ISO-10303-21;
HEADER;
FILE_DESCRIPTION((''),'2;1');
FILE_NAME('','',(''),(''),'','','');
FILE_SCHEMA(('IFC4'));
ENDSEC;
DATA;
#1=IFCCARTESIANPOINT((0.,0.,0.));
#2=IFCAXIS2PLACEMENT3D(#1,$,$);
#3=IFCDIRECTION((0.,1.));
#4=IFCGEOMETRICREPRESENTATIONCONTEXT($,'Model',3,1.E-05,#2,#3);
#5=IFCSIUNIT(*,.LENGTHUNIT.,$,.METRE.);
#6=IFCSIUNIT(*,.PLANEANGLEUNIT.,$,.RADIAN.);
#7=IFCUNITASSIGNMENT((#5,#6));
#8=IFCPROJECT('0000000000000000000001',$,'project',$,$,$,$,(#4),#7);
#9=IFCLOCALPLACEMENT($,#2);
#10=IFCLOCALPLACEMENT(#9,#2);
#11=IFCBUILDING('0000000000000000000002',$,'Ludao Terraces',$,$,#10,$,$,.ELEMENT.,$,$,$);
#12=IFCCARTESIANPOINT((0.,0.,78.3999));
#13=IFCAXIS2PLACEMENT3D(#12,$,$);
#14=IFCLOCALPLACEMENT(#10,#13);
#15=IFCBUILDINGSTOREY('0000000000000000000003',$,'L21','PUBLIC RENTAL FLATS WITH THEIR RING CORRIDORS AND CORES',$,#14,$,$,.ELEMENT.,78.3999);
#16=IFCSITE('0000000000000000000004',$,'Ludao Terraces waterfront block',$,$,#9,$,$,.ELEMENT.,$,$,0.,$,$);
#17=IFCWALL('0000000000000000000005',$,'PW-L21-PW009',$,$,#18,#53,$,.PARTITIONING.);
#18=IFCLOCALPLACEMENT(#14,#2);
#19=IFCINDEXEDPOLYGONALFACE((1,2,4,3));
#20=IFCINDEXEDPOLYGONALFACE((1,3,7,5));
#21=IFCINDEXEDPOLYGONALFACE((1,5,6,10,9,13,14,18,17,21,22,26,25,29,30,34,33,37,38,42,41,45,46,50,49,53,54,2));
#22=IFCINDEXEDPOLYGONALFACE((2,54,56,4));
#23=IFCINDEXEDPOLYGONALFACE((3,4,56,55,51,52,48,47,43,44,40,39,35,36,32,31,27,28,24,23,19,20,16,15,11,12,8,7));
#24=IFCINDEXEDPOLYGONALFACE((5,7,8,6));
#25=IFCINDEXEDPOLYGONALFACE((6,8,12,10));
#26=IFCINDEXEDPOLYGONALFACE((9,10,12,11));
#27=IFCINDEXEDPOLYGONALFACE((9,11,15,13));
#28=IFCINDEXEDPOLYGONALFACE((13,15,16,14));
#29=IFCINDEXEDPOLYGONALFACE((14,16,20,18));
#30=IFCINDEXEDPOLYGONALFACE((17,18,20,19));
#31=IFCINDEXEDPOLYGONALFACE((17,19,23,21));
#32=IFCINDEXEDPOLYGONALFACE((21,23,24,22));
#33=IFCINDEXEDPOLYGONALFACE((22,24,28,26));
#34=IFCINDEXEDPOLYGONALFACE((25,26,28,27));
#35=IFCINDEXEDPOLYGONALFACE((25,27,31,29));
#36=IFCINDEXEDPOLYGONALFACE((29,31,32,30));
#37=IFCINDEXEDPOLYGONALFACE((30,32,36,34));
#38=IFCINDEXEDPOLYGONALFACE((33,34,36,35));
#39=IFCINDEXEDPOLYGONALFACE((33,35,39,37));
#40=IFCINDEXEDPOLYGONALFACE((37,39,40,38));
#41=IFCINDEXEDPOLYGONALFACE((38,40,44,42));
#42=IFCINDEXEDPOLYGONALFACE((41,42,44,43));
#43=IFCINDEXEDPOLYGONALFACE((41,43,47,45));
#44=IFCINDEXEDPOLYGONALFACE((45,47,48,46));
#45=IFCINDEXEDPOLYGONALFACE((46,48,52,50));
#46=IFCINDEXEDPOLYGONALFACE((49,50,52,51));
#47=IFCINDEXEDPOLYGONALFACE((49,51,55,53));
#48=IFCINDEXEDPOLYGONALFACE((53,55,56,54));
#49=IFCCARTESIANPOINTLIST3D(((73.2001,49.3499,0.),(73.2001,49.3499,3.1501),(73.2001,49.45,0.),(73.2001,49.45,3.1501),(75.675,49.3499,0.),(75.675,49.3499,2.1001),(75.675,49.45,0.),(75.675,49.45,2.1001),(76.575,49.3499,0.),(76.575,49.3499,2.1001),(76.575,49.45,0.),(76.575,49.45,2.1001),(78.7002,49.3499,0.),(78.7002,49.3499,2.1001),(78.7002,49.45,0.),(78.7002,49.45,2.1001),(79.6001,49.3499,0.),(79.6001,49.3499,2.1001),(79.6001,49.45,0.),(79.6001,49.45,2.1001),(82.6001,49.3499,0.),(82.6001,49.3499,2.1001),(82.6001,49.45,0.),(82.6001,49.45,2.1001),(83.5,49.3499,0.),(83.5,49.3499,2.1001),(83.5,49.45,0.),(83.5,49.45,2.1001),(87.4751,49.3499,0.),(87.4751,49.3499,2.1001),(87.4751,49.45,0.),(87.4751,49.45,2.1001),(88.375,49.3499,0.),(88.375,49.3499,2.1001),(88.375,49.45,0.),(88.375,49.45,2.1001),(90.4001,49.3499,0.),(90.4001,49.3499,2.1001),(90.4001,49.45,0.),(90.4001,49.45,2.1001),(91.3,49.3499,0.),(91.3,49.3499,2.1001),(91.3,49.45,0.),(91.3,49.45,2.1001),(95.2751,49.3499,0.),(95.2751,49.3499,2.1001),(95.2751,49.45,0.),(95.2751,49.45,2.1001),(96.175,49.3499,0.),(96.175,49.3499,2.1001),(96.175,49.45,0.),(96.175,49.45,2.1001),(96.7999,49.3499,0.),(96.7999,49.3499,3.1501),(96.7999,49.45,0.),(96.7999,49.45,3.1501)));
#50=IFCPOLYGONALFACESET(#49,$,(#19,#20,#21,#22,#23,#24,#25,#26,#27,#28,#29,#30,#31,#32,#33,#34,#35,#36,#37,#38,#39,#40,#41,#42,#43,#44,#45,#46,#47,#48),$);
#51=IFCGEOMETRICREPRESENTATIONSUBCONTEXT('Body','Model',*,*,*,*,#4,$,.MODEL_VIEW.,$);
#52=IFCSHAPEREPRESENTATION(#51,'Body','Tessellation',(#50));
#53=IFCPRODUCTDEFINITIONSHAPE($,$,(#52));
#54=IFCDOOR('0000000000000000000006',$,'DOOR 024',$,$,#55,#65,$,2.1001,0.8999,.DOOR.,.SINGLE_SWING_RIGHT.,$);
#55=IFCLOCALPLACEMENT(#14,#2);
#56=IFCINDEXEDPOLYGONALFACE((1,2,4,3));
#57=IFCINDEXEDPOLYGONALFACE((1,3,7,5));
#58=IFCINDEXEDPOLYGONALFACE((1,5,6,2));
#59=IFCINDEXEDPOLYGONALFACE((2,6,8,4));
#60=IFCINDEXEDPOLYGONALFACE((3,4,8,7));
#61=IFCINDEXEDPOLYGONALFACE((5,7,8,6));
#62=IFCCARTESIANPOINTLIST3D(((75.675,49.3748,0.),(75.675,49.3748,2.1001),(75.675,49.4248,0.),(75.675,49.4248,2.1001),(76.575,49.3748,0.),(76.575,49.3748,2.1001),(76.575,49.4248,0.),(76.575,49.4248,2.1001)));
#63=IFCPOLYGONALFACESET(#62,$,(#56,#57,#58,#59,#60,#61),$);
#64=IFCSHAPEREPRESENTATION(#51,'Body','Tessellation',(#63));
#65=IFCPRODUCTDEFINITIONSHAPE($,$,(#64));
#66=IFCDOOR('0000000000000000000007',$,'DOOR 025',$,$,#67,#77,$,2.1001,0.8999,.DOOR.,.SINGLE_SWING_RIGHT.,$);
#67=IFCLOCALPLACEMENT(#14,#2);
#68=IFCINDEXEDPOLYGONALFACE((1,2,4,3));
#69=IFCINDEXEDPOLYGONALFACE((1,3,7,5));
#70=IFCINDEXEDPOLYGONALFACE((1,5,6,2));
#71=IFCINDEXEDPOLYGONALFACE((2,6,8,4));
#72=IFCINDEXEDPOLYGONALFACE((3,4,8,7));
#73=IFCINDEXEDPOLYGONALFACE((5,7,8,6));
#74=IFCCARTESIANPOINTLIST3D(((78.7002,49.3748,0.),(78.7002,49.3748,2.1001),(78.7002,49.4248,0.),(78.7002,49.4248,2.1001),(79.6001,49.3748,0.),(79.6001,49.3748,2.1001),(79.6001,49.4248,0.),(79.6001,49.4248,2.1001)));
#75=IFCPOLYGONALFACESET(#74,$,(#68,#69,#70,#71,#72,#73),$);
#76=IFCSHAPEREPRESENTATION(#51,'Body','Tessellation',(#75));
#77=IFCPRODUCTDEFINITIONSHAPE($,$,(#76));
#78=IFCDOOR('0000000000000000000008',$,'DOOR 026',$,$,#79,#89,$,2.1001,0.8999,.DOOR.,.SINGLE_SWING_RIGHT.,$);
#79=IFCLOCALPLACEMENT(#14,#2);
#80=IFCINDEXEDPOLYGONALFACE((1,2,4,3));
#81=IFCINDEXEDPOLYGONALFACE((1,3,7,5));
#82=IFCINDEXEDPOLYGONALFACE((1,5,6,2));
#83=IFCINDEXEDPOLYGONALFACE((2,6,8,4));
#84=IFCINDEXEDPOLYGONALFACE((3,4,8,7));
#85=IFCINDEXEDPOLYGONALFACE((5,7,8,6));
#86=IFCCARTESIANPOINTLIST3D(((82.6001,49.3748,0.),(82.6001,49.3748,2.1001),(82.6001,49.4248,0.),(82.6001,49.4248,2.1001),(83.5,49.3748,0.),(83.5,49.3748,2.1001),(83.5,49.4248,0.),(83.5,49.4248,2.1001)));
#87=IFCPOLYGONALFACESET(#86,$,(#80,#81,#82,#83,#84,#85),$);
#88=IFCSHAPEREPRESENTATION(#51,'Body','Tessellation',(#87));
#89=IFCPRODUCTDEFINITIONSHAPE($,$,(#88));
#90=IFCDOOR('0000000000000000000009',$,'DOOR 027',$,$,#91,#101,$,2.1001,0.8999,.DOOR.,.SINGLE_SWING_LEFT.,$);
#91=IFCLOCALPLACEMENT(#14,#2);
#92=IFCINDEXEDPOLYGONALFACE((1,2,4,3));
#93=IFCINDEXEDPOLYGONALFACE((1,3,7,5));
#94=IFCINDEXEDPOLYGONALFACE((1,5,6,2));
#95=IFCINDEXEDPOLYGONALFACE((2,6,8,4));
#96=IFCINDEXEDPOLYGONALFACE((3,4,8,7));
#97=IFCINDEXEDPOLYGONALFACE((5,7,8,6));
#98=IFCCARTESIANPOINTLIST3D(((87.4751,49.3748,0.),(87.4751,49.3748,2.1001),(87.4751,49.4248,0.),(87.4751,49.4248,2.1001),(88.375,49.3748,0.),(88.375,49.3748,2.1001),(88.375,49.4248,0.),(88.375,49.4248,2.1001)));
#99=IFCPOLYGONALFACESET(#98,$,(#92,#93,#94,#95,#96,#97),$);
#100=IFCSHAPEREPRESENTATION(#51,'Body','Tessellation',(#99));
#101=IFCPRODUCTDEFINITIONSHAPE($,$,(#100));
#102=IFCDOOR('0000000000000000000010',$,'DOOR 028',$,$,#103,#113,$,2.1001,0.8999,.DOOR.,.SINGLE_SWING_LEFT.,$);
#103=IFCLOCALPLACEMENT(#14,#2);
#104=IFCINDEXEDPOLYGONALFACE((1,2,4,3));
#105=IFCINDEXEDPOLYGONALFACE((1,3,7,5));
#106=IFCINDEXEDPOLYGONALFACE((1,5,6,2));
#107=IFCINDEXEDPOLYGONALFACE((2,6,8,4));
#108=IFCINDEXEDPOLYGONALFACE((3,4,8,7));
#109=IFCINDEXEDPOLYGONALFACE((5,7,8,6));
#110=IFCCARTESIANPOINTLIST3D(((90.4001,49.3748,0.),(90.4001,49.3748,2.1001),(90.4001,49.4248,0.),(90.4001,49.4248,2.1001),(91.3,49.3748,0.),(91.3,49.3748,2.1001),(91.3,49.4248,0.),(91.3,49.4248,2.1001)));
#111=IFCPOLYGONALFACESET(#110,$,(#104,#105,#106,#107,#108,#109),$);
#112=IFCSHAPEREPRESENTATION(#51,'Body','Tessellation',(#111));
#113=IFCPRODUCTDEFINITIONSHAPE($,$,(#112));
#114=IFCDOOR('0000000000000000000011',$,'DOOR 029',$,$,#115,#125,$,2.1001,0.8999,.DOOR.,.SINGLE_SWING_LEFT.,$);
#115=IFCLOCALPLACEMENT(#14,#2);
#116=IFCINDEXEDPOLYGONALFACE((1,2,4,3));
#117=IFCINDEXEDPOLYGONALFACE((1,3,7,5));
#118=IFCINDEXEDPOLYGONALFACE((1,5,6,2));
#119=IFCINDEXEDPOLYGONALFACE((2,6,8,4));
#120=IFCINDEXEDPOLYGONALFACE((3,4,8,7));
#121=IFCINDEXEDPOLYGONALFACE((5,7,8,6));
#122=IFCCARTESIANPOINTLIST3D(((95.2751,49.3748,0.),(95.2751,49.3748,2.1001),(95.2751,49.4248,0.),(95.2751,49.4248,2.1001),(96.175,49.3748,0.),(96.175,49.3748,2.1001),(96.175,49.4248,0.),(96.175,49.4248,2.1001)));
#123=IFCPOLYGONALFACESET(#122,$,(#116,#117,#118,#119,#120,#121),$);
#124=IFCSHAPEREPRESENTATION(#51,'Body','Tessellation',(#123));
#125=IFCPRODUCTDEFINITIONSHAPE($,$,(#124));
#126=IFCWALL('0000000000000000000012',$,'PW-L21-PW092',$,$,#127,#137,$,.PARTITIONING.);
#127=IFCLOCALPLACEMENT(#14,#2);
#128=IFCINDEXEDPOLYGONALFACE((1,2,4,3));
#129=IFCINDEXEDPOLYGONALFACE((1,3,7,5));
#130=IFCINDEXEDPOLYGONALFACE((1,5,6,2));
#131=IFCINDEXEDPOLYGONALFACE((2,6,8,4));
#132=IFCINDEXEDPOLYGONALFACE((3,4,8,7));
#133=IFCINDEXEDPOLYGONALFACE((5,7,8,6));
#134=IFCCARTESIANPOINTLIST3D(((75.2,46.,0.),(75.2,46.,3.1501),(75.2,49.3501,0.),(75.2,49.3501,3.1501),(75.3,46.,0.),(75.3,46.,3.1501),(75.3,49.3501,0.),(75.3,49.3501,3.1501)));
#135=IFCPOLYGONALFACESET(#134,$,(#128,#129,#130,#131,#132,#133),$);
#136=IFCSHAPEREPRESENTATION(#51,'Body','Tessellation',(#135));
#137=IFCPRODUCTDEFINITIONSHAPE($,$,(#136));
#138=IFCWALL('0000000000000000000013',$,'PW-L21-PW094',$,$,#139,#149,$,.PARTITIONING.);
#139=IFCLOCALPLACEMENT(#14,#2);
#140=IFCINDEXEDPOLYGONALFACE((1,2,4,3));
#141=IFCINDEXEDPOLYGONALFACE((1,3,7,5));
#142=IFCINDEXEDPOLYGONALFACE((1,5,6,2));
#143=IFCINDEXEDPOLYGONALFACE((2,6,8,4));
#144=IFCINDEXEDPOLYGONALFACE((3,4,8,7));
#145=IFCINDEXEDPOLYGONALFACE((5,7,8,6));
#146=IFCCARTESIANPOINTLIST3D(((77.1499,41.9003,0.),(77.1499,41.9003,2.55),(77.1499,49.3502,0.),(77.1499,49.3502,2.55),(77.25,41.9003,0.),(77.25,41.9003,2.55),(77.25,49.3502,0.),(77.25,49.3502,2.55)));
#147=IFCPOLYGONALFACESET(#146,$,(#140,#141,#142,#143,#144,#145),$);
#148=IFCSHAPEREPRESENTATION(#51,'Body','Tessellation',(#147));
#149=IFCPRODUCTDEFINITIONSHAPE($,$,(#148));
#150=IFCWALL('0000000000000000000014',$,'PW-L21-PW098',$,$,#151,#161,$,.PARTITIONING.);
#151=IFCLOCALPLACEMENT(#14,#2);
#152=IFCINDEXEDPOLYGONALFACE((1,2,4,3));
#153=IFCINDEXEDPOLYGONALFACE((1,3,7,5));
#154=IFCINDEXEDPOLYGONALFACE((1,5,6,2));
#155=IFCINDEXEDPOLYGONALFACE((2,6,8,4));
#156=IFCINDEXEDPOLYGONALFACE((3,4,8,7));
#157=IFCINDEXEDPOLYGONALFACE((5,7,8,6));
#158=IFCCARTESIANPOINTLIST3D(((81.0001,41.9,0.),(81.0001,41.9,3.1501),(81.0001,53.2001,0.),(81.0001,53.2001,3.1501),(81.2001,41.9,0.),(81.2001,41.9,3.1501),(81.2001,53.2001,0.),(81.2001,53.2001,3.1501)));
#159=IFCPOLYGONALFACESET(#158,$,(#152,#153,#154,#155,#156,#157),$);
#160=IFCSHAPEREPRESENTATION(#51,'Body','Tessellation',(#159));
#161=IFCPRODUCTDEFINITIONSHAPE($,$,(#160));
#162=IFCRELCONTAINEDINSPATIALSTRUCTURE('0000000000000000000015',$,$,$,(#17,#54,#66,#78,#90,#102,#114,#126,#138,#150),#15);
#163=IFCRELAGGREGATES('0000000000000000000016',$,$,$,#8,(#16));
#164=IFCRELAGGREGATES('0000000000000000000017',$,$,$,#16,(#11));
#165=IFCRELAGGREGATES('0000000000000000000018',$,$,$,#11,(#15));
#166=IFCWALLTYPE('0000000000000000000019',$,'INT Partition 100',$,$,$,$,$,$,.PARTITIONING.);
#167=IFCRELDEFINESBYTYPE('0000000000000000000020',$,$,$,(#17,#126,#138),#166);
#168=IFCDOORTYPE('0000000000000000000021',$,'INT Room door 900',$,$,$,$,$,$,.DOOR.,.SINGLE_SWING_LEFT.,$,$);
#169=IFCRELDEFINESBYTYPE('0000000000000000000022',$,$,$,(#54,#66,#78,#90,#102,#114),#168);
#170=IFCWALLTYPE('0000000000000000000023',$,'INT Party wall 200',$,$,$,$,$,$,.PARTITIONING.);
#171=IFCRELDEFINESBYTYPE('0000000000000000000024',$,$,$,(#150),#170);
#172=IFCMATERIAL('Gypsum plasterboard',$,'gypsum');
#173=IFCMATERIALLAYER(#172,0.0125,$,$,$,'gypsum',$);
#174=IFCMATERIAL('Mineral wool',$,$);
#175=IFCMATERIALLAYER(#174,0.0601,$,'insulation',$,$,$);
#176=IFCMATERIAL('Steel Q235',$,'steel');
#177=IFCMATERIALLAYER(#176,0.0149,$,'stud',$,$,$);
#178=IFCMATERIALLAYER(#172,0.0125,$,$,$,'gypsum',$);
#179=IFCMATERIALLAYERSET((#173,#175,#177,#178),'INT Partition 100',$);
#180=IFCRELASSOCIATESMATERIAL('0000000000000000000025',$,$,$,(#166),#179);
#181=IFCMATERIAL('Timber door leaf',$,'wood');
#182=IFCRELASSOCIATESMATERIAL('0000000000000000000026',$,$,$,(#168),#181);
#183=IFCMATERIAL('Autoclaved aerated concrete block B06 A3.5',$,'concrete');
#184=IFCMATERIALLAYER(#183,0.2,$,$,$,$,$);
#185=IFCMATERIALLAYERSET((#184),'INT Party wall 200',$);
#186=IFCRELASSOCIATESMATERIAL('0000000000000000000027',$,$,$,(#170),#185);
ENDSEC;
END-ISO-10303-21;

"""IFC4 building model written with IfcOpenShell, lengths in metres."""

from ifc_helpers import new_model, si_unit, direction, frame, frame_2d, origin, place, context, subcontext, project, spatial, rectangle, extrude, material, layer, layer_set, type_object, element, fill, save


model = new_model("IFC4")

# Units and contexts
model_context = context("Model", 3, precision=1e-05, world=origin(), true_north=direction((0.0, 1.0)))
body_context = subcontext(model_context, "Body", "Model", "MODEL_VIEW")
ifc_project = project(units=[si_unit("LENGTHUNIT", "METRE"), si_unit("PLANEANGLEUNIT", "RADIAN")], contexts=[model_context])

# Site, building, storey
site_placement = place(None, origin())
site = spatial("IfcSite", under=ifc_project, at=site_placement, Name="Ludao Terraces waterfront block", CompositionType="ELEMENT", RefElevation=0.0)
building_placement = place(site_placement, origin())
building = spatial("IfcBuilding", under=site, at=building_placement, Name="Ludao Terraces", CompositionType="ELEMENT")
storey_placement = place(building_placement, frame((0.0, 0.0, 78.3999)))
storey = spatial("IfcBuildingStorey", under=building, at=storey_placement, Name="L21", Description="PUBLIC RENTAL FLATS WITH THEIR RING CORRIDORS AND CORES", CompositionType="ELEMENT", Elevation=78.3999)

# Wall, openings, doors
ifc_material_1 = material(Name="Gypsum plasterboard", Category="gypsum")
ifc_layer_1 = layer(ifc_material_1, 0.0125, Category="gypsum")
ifc_material_2 = material(Name="Mineral wool")
ifc_layer_2 = layer(ifc_material_2, 0.0601, Name="insulation")
ifc_material_3 = material(Name="Steel Q235", Category="steel")
ifc_layer_3 = layer(ifc_material_3, 0.0149, Name="stud")
ifc_layer_4 = layer(ifc_material_1, 0.0125, Category="gypsum")
ifc_layer_set_1 = layer_set([ifc_layer_1, ifc_layer_2, ifc_layer_3, ifc_layer_4], Name="INT Partition 100")
wall_type_1 = type_object("IfcWallType", Name="INT Partition 100", PredefinedType="PARTITIONING", material=ifc_layer_set_1)
ifc_material_4 = material(Name="Timber door leaf", Category="wood")
door_type_1 = type_object("IfcDoorType", Name="INT Room door 900", OperationType="SINGLE_SWING_LEFT", PredefinedType="DOOR", material=ifc_material_4)
wall_1_placement = place(storey_placement, frame((73.2002, 49.3999, 0.0), z_axis=(0.0, 0.0, 1.0), x_axis=(1.0, 0.0, 0.0)))
wall_1 = element("IfcWall", 1, at=wall_1_placement, inside=storey, type_object=wall_type_1, Name="PW-L21-PW009", PredefinedType="PARTITIONING", context=body_context, shape_type="SweptSolid", body=[
    extrude(rectangle(XDim=23.5999, YDim=0.1001, at=frame_2d((11.7998, 0.0))), origin(), (0.0, 0.0, 1.0), 3.1501),
])
opening_1_placement = place(wall_1_placement, frame((2.4749, 0.0, 0.0)))
opening_1 = element("IfcOpeningElement", 2, at=opening_1_placement, cuts=wall_1, PredefinedType="OPENING", context=body_context, shape_type="SweptSolid", body=[
    extrude(rectangle(XDim=0.8999, YDim=2.1001, at=frame_2d((0.45, 1.05))), frame((0.0, 0.0601, 0.0), z_axis=(0.0, -1.0, 0.0), x_axis=(1.0, 0.0, 0.0)), (0.0, 0.0, 1.0), 0.1201),
])
opening_2_placement = place(wall_1_placement, frame((5.5, 0.0, 0.0)))
opening_2 = element("IfcOpeningElement", 3, at=opening_2_placement, cuts=wall_1, PredefinedType="OPENING", context=body_context, shape_type="SweptSolid", body=[
    extrude(rectangle(XDim=0.8999, YDim=2.1001, at=frame_2d((0.45, 1.05))), frame((0.0, 0.0601, 0.0), z_axis=(0.0, -1.0, 0.0), x_axis=(1.0, 0.0, 0.0)), (0.0, 0.0, 1.0), 0.1201),
])
opening_3_placement = place(wall_1_placement, frame((9.3999, 0.0, 0.0)))
opening_3 = element("IfcOpeningElement", 4, at=opening_3_placement, cuts=wall_1, PredefinedType="OPENING", context=body_context, shape_type="SweptSolid", body=[
    extrude(rectangle(XDim=0.8999, YDim=2.1001, at=frame_2d((0.45, 1.05))), frame((0.0, 0.0601, 0.0), z_axis=(0.0, -1.0, 0.0), x_axis=(1.0, 0.0, 0.0)), (0.0, 0.0, 1.0), 0.1201),
])
opening_4_placement = place(wall_1_placement, frame((14.2749, 0.0, 0.0)))
opening_4 = element("IfcOpeningElement", 5, at=opening_4_placement, cuts=wall_1, PredefinedType="OPENING", context=body_context, shape_type="SweptSolid", body=[
    extrude(rectangle(XDim=0.8999, YDim=2.1001, at=frame_2d((0.45, 1.05))), frame((0.0, 0.0601, 0.0), z_axis=(0.0, -1.0, 0.0), x_axis=(1.0, 0.0, 0.0)), (0.0, 0.0, 1.0), 0.1201),
])
opening_5_placement = place(wall_1_placement, frame((17.2, 0.0, 0.0)))
opening_5 = element("IfcOpeningElement", 6, at=opening_5_placement, cuts=wall_1, PredefinedType="OPENING", context=body_context, shape_type="SweptSolid", body=[
    extrude(rectangle(XDim=0.8999, YDim=2.1001, at=frame_2d((0.45, 1.05))), frame((0.0, 0.0601, 0.0), z_axis=(0.0, -1.0, 0.0), x_axis=(1.0, 0.0, 0.0)), (0.0, 0.0, 1.0), 0.1201),
])
opening_6_placement = place(wall_1_placement, frame((22.075, 0.0, 0.0)))
opening_6 = element("IfcOpeningElement", 7, at=opening_6_placement, cuts=wall_1, PredefinedType="OPENING", context=body_context, shape_type="SweptSolid", body=[
    extrude(rectangle(XDim=0.8999, YDim=2.1001, at=frame_2d((0.45, 1.05))), frame((0.0, 0.0601, 0.0), z_axis=(0.0, -1.0, 0.0), x_axis=(1.0, 0.0, 0.0)), (0.0, 0.0, 1.0), 0.1201),
])
door_1_placement = place(opening_1_placement, origin())
door_1 = element("IfcDoor", 8, at=door_1_placement, inside=storey, type_object=door_type_1, Name="DOOR 024", OperationType="SINGLE_SWING_RIGHT", OverallHeight=2.1001, OverallWidth=0.8999, PredefinedType="DOOR", context=body_context, shape_type="SweptSolid", body=[
    extrude(rectangle(XDim=0.8999, YDim=2.1001, at=frame_2d((0.45, 1.05))), frame((0.0, 0.0249, 0.0), z_axis=(0.0, -1.0, 0.0), x_axis=(1.0, 0.0, 0.0)), (0.0, 0.0, 1.0), 0.05),
])
fill(opening_1, door_1)
door_2_placement = place(opening_2_placement, origin())
door_2 = element("IfcDoor", 9, at=door_2_placement, inside=storey, type_object=door_type_1, Name="DOOR 025", OperationType="SINGLE_SWING_RIGHT", OverallHeight=2.1001, OverallWidth=0.8999, PredefinedType="DOOR", context=body_context, shape_type="SweptSolid", body=[
    extrude(rectangle(XDim=0.8999, YDim=2.1001, at=frame_2d((0.45, 1.05))), frame((0.0, 0.0249, 0.0), z_axis=(0.0, -1.0, 0.0), x_axis=(1.0, 0.0, 0.0)), (0.0, 0.0, 1.0), 0.05),
])
fill(opening_2, door_2)
door_3_placement = place(opening_3_placement, origin())
door_3 = element("IfcDoor", 10, at=door_3_placement, inside=storey, type_object=door_type_1, Name="DOOR 026", OperationType="SINGLE_SWING_RIGHT", OverallHeight=2.1001, OverallWidth=0.8999, PredefinedType="DOOR", context=body_context, shape_type="SweptSolid", body=[
    extrude(rectangle(XDim=0.8999, YDim=2.1001, at=frame_2d((0.45, 1.05))), frame((0.0, 0.0249, 0.0), z_axis=(0.0, -1.0, 0.0), x_axis=(1.0, 0.0, 0.0)), (0.0, 0.0, 1.0), 0.05),
])
fill(opening_3, door_3)
door_4_placement = place(opening_4_placement, origin())
door_4 = element("IfcDoor", 11, at=door_4_placement, inside=storey, type_object=door_type_1, Name="DOOR 027", OperationType="SINGLE_SWING_LEFT", OverallHeight=2.1001, OverallWidth=0.8999, PredefinedType="DOOR", context=body_context, shape_type="SweptSolid", body=[
    extrude(rectangle(XDim=0.8999, YDim=2.1001, at=frame_2d((0.45, 1.05))), frame((0.0, 0.0249, 0.0), z_axis=(0.0, -1.0, 0.0), x_axis=(1.0, 0.0, 0.0)), (0.0, 0.0, 1.0), 0.05),
])
fill(opening_4, door_4)
door_5_placement = place(opening_5_placement, origin())
door_5 = element("IfcDoor", 12, at=door_5_placement, inside=storey, type_object=door_type_1, Name="DOOR 028", OperationType="SINGLE_SWING_LEFT", OverallHeight=2.1001, OverallWidth=0.8999, PredefinedType="DOOR", context=body_context, shape_type="SweptSolid", body=[
    extrude(rectangle(XDim=0.8999, YDim=2.1001, at=frame_2d((0.45, 1.05))), frame((0.0, 0.0249, 0.0), z_axis=(0.0, -1.0, 0.0), x_axis=(1.0, 0.0, 0.0)), (0.0, 0.0, 1.0), 0.05),
])
fill(opening_5, door_5)
door_6_placement = place(opening_6_placement, origin())
door_6 = element("IfcDoor", 13, at=door_6_placement, inside=storey, type_object=door_type_1, Name="DOOR 029", OperationType="SINGLE_SWING_LEFT", OverallHeight=2.1001, OverallWidth=0.8999, PredefinedType="DOOR", context=body_context, shape_type="SweptSolid", body=[
    extrude(rectangle(XDim=0.8999, YDim=2.1001, at=frame_2d((0.45, 1.05))), frame((0.0, 0.0249, 0.0), z_axis=(0.0, -1.0, 0.0), x_axis=(1.0, 0.0, 0.0)), (0.0, 0.0, 1.0), 0.05),
])
fill(opening_6, door_6)

# Walls
wall_2_placement = place(storey_placement, frame((75.25, 46.0, 0.0), z_axis=(0.0, 0.0, 1.0), x_axis=(0.0, 1.0, 0.0)))
element("IfcWall", 14, at=wall_2_placement, inside=storey, type_object=wall_type_1, Name="PW-L21-PW092", PredefinedType="PARTITIONING", context=body_context, shape_type="SweptSolid", body=[
    extrude(rectangle(XDim=3.3501, YDim=0.1001, at=frame_2d((1.675, 0.0))), origin(), (0.0, 0.0, 1.0), 3.1501),
])
wall_3_placement = place(storey_placement, frame((77.2, 41.9001, 0.0), z_axis=(0.0, 0.0, 1.0), x_axis=(0.0, 1.0, 0.0)))
element("IfcWall", 15, at=wall_3_placement, inside=storey, type_object=wall_type_1, Name="PW-L21-PW094", PredefinedType="PARTITIONING", context=body_context, shape_type="SweptSolid", body=[
    extrude(rectangle(XDim=7.45, YDim=0.1001, at=frame_2d((3.7251, 0.0))), origin(), (0.0, 0.0, 1.0), 2.55),
])
ifc_material_5 = material(Name="Autoclaved aerated concrete block B06 A3.5", Category="concrete")
ifc_layer_5 = layer(ifc_material_5, 0.2)
ifc_layer_set_2 = layer_set([ifc_layer_5], Name="INT Party wall 200")
wall_type_2 = type_object("IfcWallType", Name="INT Party wall 200", PredefinedType="PARTITIONING", material=ifc_layer_set_2)
wall_4_placement = place(storey_placement, frame((81.1001, 41.9001, 0.0), z_axis=(0.0, 0.0, 1.0), x_axis=(0.0, 1.0, 0.0)))
element("IfcWall", 16, at=wall_4_placement, inside=storey, type_object=wall_type_2, Name="PW-L21-PW098", PredefinedType="PARTITIONING", context=body_context, shape_type="SweptSolid", body=[
    extrude(rectangle(XDim=11.3, YDim=0.2, at=frame_2d((5.6499, 0.0))), origin(), (0.0, 0.0, 1.0), 3.1501),
])

save(model, "model.ifc")
